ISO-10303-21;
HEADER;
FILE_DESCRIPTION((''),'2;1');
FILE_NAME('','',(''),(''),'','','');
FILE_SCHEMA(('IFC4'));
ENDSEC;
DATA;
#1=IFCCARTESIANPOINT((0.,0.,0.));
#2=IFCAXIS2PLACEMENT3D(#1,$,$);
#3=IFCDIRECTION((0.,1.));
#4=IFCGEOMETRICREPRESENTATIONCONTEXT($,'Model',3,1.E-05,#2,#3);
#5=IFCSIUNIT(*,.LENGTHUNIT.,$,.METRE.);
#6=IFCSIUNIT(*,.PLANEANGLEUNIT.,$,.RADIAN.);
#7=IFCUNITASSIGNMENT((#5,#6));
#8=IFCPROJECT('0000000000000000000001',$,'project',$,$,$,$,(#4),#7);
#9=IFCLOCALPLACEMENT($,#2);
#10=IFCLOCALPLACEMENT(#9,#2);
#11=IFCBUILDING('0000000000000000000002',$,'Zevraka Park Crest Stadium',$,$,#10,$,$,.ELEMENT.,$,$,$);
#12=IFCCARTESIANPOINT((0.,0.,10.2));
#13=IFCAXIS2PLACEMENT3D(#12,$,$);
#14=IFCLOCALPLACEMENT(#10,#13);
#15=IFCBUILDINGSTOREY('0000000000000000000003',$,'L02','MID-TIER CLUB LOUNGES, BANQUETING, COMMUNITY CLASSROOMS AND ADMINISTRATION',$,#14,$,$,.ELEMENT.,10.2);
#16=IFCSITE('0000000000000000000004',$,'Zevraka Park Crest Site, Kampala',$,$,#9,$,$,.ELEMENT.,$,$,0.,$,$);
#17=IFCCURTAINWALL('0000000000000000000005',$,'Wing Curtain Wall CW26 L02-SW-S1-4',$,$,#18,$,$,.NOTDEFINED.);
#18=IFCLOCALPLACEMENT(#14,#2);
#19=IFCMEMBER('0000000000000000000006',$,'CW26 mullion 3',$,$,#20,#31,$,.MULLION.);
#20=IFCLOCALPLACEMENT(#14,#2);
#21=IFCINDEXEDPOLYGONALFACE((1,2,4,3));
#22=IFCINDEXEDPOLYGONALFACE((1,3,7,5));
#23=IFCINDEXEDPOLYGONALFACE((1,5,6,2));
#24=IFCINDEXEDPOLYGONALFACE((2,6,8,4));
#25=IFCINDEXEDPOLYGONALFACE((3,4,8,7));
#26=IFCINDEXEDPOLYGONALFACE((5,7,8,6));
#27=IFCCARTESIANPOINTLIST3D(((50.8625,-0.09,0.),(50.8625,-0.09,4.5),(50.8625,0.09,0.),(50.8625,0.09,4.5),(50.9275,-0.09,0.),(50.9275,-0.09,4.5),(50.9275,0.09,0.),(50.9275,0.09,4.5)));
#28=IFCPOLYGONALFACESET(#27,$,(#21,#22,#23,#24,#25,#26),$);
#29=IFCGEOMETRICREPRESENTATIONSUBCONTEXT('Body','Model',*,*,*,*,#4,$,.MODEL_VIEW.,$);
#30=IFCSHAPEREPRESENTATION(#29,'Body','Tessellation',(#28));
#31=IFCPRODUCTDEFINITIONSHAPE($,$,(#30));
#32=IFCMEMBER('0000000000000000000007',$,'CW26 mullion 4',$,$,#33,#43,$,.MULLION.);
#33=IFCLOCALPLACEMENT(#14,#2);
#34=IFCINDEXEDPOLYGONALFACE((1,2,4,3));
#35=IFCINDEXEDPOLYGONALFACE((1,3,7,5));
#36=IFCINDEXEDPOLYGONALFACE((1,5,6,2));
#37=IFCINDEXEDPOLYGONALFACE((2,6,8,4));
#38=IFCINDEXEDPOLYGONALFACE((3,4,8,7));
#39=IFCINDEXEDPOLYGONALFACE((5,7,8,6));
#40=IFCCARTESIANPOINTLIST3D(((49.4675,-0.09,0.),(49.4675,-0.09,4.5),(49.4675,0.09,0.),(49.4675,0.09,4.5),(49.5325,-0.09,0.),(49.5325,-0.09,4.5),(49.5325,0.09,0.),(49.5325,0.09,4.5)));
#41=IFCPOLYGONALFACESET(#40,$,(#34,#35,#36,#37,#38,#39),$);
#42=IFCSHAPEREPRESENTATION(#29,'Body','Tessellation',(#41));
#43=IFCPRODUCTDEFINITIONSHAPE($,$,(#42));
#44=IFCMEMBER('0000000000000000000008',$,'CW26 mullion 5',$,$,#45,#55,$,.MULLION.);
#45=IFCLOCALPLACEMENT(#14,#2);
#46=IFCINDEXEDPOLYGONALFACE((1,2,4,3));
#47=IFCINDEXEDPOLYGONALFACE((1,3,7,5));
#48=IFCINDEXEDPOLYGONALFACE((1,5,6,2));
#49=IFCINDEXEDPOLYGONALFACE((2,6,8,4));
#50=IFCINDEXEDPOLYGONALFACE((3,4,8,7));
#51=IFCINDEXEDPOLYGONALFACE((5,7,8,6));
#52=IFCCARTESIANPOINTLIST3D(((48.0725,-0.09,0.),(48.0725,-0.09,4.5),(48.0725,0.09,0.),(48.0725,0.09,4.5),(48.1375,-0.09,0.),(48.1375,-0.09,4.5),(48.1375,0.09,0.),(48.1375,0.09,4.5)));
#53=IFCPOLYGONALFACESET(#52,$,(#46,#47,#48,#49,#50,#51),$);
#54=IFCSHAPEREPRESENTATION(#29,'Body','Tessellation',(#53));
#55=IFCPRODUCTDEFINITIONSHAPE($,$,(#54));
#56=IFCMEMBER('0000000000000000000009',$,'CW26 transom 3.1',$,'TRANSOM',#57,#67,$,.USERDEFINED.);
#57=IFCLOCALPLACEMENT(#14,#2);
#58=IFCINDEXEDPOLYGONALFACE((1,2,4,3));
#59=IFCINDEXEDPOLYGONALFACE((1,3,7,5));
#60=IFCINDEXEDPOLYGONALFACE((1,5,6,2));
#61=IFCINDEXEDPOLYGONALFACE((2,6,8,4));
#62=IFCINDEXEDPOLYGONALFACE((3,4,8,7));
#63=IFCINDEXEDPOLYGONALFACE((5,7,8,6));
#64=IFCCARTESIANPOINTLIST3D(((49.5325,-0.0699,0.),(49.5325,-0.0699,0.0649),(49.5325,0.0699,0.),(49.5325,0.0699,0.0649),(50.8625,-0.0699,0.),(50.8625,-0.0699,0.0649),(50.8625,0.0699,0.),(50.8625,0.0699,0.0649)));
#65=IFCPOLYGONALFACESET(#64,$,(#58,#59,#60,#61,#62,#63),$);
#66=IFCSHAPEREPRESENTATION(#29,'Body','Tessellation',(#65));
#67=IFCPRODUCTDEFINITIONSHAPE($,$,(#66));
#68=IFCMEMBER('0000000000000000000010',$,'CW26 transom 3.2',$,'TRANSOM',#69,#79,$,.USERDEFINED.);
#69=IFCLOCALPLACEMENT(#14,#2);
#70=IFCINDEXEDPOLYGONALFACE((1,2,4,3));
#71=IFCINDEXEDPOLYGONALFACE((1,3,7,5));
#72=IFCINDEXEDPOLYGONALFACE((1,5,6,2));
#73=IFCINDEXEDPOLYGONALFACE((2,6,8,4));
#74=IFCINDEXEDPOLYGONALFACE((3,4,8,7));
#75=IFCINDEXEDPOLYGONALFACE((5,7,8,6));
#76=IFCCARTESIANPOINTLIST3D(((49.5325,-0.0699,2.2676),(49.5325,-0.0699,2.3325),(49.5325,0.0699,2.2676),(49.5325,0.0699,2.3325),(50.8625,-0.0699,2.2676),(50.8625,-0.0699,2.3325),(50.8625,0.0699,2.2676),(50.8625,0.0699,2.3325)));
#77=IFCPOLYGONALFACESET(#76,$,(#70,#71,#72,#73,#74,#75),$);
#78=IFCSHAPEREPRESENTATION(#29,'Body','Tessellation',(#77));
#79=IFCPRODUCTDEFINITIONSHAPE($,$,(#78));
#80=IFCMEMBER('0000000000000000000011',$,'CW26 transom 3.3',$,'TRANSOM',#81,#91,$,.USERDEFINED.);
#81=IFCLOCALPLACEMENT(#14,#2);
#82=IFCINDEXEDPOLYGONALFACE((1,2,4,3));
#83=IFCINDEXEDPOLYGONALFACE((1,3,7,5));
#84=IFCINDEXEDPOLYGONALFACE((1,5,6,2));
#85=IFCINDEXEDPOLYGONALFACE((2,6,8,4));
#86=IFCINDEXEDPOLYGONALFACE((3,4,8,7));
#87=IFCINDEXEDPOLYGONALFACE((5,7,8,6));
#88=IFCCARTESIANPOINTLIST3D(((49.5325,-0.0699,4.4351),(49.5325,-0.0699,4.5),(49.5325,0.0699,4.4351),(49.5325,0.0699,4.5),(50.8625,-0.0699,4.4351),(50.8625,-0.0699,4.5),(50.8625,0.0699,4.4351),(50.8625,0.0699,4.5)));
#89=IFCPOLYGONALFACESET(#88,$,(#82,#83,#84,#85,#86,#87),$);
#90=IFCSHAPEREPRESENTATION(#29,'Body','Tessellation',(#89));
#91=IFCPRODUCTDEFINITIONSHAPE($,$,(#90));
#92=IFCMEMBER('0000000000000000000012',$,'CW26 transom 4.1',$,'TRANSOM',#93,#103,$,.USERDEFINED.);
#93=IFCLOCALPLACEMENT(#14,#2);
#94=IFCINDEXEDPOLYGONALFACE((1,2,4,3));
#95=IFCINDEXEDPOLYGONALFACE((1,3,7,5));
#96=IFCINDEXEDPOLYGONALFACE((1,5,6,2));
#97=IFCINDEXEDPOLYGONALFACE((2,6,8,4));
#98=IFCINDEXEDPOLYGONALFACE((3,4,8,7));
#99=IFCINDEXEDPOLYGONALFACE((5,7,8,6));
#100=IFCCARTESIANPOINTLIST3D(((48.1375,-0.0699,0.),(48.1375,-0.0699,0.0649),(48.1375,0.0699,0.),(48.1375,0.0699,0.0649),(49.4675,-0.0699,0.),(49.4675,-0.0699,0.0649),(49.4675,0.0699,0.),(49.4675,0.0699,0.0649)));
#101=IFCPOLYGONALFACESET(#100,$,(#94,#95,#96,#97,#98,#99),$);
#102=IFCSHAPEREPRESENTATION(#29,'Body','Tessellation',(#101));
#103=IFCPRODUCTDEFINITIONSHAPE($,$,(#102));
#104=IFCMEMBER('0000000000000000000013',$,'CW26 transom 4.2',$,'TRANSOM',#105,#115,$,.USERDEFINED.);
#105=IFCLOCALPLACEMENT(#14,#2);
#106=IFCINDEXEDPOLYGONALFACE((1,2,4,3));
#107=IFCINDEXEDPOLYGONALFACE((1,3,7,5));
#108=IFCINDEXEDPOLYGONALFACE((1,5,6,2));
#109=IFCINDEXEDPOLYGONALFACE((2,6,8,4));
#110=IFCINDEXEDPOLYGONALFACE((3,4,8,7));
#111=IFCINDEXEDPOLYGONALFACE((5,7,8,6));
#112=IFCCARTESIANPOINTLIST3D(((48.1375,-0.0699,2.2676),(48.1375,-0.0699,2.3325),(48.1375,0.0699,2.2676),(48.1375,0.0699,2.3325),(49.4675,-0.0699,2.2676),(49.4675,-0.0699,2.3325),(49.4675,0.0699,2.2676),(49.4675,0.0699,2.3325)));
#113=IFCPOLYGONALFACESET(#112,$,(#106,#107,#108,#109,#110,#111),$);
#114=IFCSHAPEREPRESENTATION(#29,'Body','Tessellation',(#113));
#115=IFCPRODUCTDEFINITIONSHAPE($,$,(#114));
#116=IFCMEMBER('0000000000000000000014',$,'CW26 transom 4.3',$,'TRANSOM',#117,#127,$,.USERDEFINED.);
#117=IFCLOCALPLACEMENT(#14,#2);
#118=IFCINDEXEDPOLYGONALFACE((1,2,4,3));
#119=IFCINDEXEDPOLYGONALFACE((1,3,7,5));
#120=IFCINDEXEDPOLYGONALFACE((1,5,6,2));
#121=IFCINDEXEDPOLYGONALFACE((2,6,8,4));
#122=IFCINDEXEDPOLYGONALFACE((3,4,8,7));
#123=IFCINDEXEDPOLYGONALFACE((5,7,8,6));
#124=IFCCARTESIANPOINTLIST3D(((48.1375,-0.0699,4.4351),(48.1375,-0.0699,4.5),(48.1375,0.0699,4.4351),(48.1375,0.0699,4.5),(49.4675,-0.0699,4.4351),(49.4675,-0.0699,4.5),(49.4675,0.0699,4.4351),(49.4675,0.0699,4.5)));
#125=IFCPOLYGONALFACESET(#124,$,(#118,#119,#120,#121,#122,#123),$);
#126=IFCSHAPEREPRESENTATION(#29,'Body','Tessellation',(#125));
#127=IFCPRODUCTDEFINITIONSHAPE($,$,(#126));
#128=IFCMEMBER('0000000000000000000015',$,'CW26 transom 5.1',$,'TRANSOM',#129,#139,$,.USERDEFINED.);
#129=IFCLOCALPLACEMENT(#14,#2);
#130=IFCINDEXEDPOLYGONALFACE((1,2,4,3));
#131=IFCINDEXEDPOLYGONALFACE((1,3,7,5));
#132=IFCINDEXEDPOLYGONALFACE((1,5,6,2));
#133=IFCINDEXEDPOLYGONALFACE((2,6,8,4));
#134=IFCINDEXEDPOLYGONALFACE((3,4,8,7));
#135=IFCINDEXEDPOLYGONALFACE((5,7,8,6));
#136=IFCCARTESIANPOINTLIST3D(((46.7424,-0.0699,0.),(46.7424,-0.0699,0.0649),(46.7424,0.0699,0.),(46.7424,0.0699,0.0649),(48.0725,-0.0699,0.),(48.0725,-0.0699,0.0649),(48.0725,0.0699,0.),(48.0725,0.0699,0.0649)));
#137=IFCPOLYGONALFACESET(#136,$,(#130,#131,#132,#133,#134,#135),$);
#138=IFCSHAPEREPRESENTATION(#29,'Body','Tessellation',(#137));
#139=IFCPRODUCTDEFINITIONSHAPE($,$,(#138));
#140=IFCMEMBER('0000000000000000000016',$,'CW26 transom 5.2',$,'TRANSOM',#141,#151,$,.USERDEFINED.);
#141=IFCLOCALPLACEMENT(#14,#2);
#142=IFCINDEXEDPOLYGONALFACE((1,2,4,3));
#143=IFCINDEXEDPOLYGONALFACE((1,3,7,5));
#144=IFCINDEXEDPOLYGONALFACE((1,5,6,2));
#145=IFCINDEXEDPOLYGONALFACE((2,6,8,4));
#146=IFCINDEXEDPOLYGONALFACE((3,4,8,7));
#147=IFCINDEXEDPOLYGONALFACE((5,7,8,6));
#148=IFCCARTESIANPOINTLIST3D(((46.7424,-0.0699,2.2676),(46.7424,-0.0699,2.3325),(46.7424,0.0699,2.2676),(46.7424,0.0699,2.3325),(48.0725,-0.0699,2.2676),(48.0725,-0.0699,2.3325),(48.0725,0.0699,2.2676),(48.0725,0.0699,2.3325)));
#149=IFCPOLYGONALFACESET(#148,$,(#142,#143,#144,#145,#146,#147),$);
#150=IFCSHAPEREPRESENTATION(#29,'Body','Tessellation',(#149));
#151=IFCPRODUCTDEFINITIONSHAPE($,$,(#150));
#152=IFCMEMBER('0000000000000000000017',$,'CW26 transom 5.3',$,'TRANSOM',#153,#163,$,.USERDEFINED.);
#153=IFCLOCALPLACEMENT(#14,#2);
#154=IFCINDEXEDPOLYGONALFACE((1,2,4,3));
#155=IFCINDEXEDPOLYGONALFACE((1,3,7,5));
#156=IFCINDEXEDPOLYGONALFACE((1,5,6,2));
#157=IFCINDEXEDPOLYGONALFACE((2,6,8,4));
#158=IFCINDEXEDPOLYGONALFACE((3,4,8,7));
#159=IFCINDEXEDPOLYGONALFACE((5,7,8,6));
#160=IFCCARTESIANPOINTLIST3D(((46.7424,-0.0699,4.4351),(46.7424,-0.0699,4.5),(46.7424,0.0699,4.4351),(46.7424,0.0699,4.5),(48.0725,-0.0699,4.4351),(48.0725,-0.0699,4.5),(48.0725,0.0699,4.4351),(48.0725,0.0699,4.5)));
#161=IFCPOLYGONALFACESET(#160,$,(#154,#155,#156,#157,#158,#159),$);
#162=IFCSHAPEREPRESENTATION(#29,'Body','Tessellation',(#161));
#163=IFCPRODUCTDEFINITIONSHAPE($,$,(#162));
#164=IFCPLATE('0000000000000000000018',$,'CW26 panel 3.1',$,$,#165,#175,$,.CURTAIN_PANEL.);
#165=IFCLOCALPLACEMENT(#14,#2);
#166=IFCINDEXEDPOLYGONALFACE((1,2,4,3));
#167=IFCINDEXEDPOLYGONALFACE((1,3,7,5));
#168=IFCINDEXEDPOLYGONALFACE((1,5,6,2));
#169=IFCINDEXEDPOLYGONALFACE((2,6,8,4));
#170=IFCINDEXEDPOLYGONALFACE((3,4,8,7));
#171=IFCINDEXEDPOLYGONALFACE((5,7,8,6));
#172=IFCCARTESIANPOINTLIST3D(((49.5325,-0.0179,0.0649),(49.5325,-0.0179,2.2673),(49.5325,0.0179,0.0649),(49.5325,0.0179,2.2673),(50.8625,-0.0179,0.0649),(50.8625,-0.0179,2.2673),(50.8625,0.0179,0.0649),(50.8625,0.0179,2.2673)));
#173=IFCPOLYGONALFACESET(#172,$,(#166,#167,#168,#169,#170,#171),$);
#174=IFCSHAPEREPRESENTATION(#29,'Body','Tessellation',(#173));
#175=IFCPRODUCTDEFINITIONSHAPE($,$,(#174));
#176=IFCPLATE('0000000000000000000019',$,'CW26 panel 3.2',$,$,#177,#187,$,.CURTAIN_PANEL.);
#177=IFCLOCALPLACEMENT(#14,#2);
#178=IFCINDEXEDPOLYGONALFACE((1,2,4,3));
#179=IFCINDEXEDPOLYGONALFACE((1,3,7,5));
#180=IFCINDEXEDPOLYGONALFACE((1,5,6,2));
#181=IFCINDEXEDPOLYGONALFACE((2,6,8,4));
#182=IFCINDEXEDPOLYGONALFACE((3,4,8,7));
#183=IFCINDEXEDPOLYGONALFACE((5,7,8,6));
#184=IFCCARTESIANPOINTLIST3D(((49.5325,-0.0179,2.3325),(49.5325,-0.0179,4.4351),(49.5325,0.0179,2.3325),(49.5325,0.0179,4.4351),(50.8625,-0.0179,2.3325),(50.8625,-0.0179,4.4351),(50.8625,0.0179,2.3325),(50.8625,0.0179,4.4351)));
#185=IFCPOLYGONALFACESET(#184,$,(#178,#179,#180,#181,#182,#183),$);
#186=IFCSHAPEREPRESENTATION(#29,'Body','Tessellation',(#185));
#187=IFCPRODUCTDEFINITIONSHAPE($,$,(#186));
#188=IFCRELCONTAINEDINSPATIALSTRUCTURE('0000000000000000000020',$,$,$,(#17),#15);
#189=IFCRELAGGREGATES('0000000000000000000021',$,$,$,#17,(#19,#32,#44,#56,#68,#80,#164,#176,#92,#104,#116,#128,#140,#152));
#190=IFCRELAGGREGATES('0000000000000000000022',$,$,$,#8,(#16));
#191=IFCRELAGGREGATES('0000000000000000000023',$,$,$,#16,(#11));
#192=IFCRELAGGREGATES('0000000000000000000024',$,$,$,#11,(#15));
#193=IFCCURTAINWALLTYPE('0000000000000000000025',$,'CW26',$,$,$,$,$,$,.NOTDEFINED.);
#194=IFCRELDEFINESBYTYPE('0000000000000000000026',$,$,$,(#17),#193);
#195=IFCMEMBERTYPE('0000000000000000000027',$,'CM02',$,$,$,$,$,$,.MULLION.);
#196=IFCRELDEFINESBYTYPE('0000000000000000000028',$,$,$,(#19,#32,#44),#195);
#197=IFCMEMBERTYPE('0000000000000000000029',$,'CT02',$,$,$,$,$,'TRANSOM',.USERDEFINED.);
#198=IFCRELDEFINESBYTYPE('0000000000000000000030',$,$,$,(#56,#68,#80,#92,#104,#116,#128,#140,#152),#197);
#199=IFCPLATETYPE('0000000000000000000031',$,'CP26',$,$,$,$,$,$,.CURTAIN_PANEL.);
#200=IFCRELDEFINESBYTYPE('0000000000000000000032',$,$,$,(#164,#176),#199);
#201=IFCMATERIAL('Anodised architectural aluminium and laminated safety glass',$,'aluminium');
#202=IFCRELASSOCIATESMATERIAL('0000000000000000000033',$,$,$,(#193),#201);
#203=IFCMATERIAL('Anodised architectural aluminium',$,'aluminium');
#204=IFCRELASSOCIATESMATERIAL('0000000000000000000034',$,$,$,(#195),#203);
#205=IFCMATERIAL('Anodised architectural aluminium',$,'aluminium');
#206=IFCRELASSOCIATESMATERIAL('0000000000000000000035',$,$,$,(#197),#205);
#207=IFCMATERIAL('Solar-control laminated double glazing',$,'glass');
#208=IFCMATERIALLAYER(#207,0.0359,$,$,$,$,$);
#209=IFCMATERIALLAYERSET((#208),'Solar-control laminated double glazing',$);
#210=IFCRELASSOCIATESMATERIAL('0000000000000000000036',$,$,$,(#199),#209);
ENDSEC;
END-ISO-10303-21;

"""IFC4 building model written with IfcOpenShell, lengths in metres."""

from ifc_helpers import new_model, si_unit, direction, frame, origin, origin_2d, place, context, subcontext, project, spatial, rectangle, extrude, material, layer, layer_set, material_profile, profile_set, type_object, element, aggregate, save


model = new_model("IFC4")

# Units and contexts
model_context = context("Model", 3, precision=1e-05, world=origin(), true_north=direction((0.0, 1.0)))
body_context = subcontext(model_context, "Body", "Model", "MODEL_VIEW")
ifc_project = project(units=[si_unit("LENGTHUNIT", "METRE"), si_unit("PLANEANGLEUNIT", "RADIAN")], contexts=[model_context])

# Site, building, storey
site_placement = place(None, origin())
site = spatial("IfcSite", under=ifc_project, at=site_placement, Name="Zevraka Park Crest Site, Kampala", CompositionType="ELEMENT", RefElevation=0.0)
building_placement = place(site_placement, origin())
building = spatial("IfcBuilding", under=site, at=building_placement, Name="Zevraka Park Crest Stadium", CompositionType="ELEMENT")
storey_placement = place(building_placement, frame((0.0, 0.0, 10.2)))
storey = spatial("IfcBuildingStorey", under=building, at=storey_placement, Name="L02", Description="MID-TIER CLUB LOUNGES, BANQUETING, COMMUNITY CLASSROOMS AND ADMINISTRATION", CompositionType="ELEMENT", Elevation=10.2)

# Curtain wall, members, plates
ifc_material_1 = material(Name="Anodised architectural aluminium and laminated safety glass", Category="aluminium")
curtain_wall_type = type_object("IfcCurtainWallType", Name="CW26", PredefinedType="NOTDEFINED", material=ifc_material_1)
curtain_wall_placement = place(storey_placement, origin())
curtain_wall = element("IfcCurtainWall", 1, at=curtain_wall_placement, inside=storey, type_object=curtain_wall_type, Name="Wing Curtain Wall CW26 L02-SW-S1-4", PredefinedType="NOTDEFINED")
ifc_material_2 = material(Name="Anodised architectural aluminium", Category="aluminium")
ifc_material_profile_1 = material_profile(ifc_material_2, rectangle(XDim=0.1799, YDim=0.0649, at=origin_2d()), Name="ALU MULLION 180x65")
ifc_profile_set_1 = profile_set([ifc_material_profile_1], Name="Anodised architectural aluminium")
member_type_1 = type_object("IfcMemberType", Name="CM02", PredefinedType="MULLION", material=ifc_profile_set_1)
member_1_placement = place(storey_placement, frame((50.895, 0.0, 0.0), z_axis=(0.0, 0.0, 1.0), x_axis=(0.0, -1.0, 0.0)))
member_1 = element("IfcMember", 2, at=member_1_placement, type_object=member_type_1, Name="CW26 mullion 3", PredefinedType="MULLION", context=body_context, shape_type="SweptSolid", body=[
    extrude(rectangle(XDim=0.1799, YDim=0.0649, at=origin_2d()), origin(), (0.0, 0.0, 1.0), 4.5),
])
member_2_placement = place(storey_placement, frame((49.5, 0.0, 0.0), z_axis=(0.0, 0.0, 1.0), x_axis=(0.0, -1.0, 0.0)))
member_2 = element("IfcMember", 3, at=member_2_placement, type_object=member_type_1, Name="CW26 mullion 4", PredefinedType="MULLION", context=body_context, shape_type="SweptSolid", body=[
    extrude(rectangle(XDim=0.1799, YDim=0.0649, at=origin_2d()), origin(), (0.0, 0.0, 1.0), 4.5),
])
member_3_placement = place(storey_placement, frame((48.105, 0.0, 0.0), z_axis=(0.0, 0.0, 1.0), x_axis=(0.0, -1.0, 0.0)))
member_3 = element("IfcMember", 4, at=member_3_placement, type_object=member_type_1, Name="CW26 mullion 5", PredefinedType="MULLION", context=body_context, shape_type="SweptSolid", body=[
    extrude(rectangle(XDim=0.1799, YDim=0.0649, at=origin_2d()), origin(), (0.0, 0.0, 1.0), 4.5),
])
ifc_material_3 = material(Name="Anodised architectural aluminium", Category="aluminium")
ifc_material_profile_2 = material_profile(ifc_material_3, rectangle(XDim=0.1399, YDim=0.0649, at=origin_2d()), Name="ALU TRANSOM 140x65")
ifc_profile_set_2 = profile_set([ifc_material_profile_2], Name="Anodised architectural aluminium")
member_type_2 = type_object("IfcMemberType", Name="CT02", ElementType="TRANSOM", PredefinedType="USERDEFINED", material=ifc_profile_set_2)
member_4_placement = place(storey_placement, frame((50.8625, 0.0, 0.0325), z_axis=(-1.0, 0.0, 0.0), x_axis=(0.0, -1.0, 0.0)))
member_4 = element("IfcMember", 5, at=member_4_placement, type_object=member_type_2, Name="CW26 transom 3.1", ObjectType="TRANSOM", PredefinedType="USERDEFINED", context=body_context, shape_type="SweptSolid", body=[
    extrude(rectangle(XDim=0.1399, YDim=0.0649, at=origin_2d()), origin(), (0.0, 0.0, 1.0), 1.3301),
])
member_5_placement = place(storey_placement, frame((50.8625, 0.0, 2.3), z_axis=(-1.0, 0.0, 0.0), x_axis=(0.0, -1.0, 0.0)))
member_5 = element("IfcMember", 6, at=member_5_placement, type_object=member_type_2, Name="CW26 transom 3.2", ObjectType="TRANSOM", PredefinedType="USERDEFINED", context=body_context, shape_type="SweptSolid", body=[
    extrude(rectangle(XDim=0.1399, YDim=0.0649, at=origin_2d()), origin(), (0.0, 0.0, 1.0), 1.3301),
])
member_6_placement = place(storey_placement, frame((50.8625, 0.0, 4.4675), z_axis=(-1.0, 0.0, 0.0), x_axis=(0.0, -1.0, 0.0)))
member_6 = element("IfcMember", 7, at=member_6_placement, type_object=member_type_2, Name="CW26 transom 3.3", ObjectType="TRANSOM", PredefinedType="USERDEFINED", context=body_context, shape_type="SweptSolid", body=[
    extrude(rectangle(XDim=0.1399, YDim=0.0649, at=origin_2d()), origin(), (0.0, 0.0, 1.0), 1.3301),
])
member_7_placement = place(storey_placement, frame((49.4675, 0.0, 0.0325), z_axis=(-1.0, 0.0, 0.0), x_axis=(0.0, -1.0, 0.0)))
member_7 = element("IfcMember", 8, at=member_7_placement, type_object=member_type_2, Name="CW26 transom 4.1", ObjectType="TRANSOM", PredefinedType="USERDEFINED", context=body_context, shape_type="SweptSolid", body=[
    extrude(rectangle(XDim=0.1399, YDim=0.0649, at=origin_2d()), origin(), (0.0, 0.0, 1.0), 1.3301),
])
member_8_placement = place(storey_placement, frame((49.4675, 0.0, 2.3), z_axis=(-1.0, 0.0, 0.0), x_axis=(0.0, -1.0, 0.0)))
member_8 = element("IfcMember", 9, at=member_8_placement, type_object=member_type_2, Name="CW26 transom 4.2", ObjectType="TRANSOM", PredefinedType="USERDEFINED", context=body_context, shape_type="SweptSolid", body=[
    extrude(rectangle(XDim=0.1399, YDim=0.0649, at=origin_2d()), origin(), (0.0, 0.0, 1.0), 1.3301),
])
member_9_placement = place(storey_placement, frame((49.4675, 0.0, 4.4675), z_axis=(-1.0, 0.0, 0.0), x_axis=(0.0, -1.0, 0.0)))
member_9 = element("IfcMember", 10, at=member_9_placement, type_object=member_type_2, Name="CW26 transom 4.3", ObjectType="TRANSOM", PredefinedType="USERDEFINED", context=body_context, shape_type="SweptSolid", body=[
    extrude(rectangle(XDim=0.1399, YDim=0.0649, at=origin_2d()), origin(), (0.0, 0.0, 1.0), 1.3301),
])
member_10_placement = place(storey_placement, frame((48.0725, 0.0, 0.0325), z_axis=(-1.0, 0.0, 0.0), x_axis=(0.0, -1.0, 0.0)))
member_10 = element("IfcMember", 11, at=member_10_placement, type_object=member_type_2, Name="CW26 transom 5.1", ObjectType="TRANSOM", PredefinedType="USERDEFINED", context=body_context, shape_type="SweptSolid", body=[
    extrude(rectangle(XDim=0.1399, YDim=0.0649, at=origin_2d()), origin(), (0.0, 0.0, 1.0), 1.3301),
])
member_11_placement = place(storey_placement, frame((48.0725, 0.0, 2.3), z_axis=(-1.0, 0.0, 0.0), x_axis=(0.0, -1.0, 0.0)))
member_11 = element("IfcMember", 12, at=member_11_placement, type_object=member_type_2, Name="CW26 transom 5.2", ObjectType="TRANSOM", PredefinedType="USERDEFINED", context=body_context, shape_type="SweptSolid", body=[
    extrude(rectangle(XDim=0.1399, YDim=0.0649, at=origin_2d()), origin(), (0.0, 0.0, 1.0), 1.3301),
])
member_12_placement = place(storey_placement, frame((48.0725, 0.0, 4.4675), z_axis=(-1.0, 0.0, 0.0), x_axis=(0.0, -1.0, 0.0)))
member_12 = element("IfcMember", 13, at=member_12_placement, type_object=member_type_2, Name="CW26 transom 5.3", ObjectType="TRANSOM", PredefinedType="USERDEFINED", context=body_context, shape_type="SweptSolid", body=[
    extrude(rectangle(XDim=0.1399, YDim=0.0649, at=origin_2d()), origin(), (0.0, 0.0, 1.0), 1.3301),
])
ifc_material_4 = material(Name="Solar-control laminated double glazing", Category="glass")
ifc_layer_1 = layer(ifc_material_4, 0.0359)
ifc_layer_set_1 = layer_set([ifc_layer_1], Name="Solar-control laminated double glazing")
plate_type = type_object("IfcPlateType", Name="CP26", PredefinedType="CURTAIN_PANEL", material=ifc_layer_set_1)
plate_1_placement = place(storey_placement, frame((50.1975, 0.0, 0.0649), z_axis=(0.0, 0.0, 1.0), x_axis=(-1.0, 0.0, 0.0)))
plate_1 = element("IfcPlate", 14, at=plate_1_placement, type_object=plate_type, Name="CW26 panel 3.1", PredefinedType="CURTAIN_PANEL", context=body_context, shape_type="SweptSolid", body=[
    extrude(rectangle(XDim=1.3301, YDim=0.0359, at=origin_2d()), origin(), (0.0, 0.0, 1.0), 2.2024),
])
plate_2_placement = place(storey_placement, frame((50.1975, 0.0, 2.3325), z_axis=(0.0, 0.0, 1.0), x_axis=(-1.0, 0.0, 0.0)))
plate_2 = element("IfcPlate", 15, at=plate_2_placement, type_object=plate_type, Name="CW26 panel 3.2", PredefinedType="CURTAIN_PANEL", context=body_context, shape_type="SweptSolid", body=[
    extrude(rectangle(XDim=1.3301, YDim=0.0359, at=origin_2d()), origin(), (0.0, 0.0, 1.0), 2.1025),
])
aggregate(curtain_wall, [member_1, member_2, member_3, member_4, member_5, member_6, plate_1, plate_2, member_7, member_8, member_9, member_10, member_11, member_12])

save(model, "model.ifc")
